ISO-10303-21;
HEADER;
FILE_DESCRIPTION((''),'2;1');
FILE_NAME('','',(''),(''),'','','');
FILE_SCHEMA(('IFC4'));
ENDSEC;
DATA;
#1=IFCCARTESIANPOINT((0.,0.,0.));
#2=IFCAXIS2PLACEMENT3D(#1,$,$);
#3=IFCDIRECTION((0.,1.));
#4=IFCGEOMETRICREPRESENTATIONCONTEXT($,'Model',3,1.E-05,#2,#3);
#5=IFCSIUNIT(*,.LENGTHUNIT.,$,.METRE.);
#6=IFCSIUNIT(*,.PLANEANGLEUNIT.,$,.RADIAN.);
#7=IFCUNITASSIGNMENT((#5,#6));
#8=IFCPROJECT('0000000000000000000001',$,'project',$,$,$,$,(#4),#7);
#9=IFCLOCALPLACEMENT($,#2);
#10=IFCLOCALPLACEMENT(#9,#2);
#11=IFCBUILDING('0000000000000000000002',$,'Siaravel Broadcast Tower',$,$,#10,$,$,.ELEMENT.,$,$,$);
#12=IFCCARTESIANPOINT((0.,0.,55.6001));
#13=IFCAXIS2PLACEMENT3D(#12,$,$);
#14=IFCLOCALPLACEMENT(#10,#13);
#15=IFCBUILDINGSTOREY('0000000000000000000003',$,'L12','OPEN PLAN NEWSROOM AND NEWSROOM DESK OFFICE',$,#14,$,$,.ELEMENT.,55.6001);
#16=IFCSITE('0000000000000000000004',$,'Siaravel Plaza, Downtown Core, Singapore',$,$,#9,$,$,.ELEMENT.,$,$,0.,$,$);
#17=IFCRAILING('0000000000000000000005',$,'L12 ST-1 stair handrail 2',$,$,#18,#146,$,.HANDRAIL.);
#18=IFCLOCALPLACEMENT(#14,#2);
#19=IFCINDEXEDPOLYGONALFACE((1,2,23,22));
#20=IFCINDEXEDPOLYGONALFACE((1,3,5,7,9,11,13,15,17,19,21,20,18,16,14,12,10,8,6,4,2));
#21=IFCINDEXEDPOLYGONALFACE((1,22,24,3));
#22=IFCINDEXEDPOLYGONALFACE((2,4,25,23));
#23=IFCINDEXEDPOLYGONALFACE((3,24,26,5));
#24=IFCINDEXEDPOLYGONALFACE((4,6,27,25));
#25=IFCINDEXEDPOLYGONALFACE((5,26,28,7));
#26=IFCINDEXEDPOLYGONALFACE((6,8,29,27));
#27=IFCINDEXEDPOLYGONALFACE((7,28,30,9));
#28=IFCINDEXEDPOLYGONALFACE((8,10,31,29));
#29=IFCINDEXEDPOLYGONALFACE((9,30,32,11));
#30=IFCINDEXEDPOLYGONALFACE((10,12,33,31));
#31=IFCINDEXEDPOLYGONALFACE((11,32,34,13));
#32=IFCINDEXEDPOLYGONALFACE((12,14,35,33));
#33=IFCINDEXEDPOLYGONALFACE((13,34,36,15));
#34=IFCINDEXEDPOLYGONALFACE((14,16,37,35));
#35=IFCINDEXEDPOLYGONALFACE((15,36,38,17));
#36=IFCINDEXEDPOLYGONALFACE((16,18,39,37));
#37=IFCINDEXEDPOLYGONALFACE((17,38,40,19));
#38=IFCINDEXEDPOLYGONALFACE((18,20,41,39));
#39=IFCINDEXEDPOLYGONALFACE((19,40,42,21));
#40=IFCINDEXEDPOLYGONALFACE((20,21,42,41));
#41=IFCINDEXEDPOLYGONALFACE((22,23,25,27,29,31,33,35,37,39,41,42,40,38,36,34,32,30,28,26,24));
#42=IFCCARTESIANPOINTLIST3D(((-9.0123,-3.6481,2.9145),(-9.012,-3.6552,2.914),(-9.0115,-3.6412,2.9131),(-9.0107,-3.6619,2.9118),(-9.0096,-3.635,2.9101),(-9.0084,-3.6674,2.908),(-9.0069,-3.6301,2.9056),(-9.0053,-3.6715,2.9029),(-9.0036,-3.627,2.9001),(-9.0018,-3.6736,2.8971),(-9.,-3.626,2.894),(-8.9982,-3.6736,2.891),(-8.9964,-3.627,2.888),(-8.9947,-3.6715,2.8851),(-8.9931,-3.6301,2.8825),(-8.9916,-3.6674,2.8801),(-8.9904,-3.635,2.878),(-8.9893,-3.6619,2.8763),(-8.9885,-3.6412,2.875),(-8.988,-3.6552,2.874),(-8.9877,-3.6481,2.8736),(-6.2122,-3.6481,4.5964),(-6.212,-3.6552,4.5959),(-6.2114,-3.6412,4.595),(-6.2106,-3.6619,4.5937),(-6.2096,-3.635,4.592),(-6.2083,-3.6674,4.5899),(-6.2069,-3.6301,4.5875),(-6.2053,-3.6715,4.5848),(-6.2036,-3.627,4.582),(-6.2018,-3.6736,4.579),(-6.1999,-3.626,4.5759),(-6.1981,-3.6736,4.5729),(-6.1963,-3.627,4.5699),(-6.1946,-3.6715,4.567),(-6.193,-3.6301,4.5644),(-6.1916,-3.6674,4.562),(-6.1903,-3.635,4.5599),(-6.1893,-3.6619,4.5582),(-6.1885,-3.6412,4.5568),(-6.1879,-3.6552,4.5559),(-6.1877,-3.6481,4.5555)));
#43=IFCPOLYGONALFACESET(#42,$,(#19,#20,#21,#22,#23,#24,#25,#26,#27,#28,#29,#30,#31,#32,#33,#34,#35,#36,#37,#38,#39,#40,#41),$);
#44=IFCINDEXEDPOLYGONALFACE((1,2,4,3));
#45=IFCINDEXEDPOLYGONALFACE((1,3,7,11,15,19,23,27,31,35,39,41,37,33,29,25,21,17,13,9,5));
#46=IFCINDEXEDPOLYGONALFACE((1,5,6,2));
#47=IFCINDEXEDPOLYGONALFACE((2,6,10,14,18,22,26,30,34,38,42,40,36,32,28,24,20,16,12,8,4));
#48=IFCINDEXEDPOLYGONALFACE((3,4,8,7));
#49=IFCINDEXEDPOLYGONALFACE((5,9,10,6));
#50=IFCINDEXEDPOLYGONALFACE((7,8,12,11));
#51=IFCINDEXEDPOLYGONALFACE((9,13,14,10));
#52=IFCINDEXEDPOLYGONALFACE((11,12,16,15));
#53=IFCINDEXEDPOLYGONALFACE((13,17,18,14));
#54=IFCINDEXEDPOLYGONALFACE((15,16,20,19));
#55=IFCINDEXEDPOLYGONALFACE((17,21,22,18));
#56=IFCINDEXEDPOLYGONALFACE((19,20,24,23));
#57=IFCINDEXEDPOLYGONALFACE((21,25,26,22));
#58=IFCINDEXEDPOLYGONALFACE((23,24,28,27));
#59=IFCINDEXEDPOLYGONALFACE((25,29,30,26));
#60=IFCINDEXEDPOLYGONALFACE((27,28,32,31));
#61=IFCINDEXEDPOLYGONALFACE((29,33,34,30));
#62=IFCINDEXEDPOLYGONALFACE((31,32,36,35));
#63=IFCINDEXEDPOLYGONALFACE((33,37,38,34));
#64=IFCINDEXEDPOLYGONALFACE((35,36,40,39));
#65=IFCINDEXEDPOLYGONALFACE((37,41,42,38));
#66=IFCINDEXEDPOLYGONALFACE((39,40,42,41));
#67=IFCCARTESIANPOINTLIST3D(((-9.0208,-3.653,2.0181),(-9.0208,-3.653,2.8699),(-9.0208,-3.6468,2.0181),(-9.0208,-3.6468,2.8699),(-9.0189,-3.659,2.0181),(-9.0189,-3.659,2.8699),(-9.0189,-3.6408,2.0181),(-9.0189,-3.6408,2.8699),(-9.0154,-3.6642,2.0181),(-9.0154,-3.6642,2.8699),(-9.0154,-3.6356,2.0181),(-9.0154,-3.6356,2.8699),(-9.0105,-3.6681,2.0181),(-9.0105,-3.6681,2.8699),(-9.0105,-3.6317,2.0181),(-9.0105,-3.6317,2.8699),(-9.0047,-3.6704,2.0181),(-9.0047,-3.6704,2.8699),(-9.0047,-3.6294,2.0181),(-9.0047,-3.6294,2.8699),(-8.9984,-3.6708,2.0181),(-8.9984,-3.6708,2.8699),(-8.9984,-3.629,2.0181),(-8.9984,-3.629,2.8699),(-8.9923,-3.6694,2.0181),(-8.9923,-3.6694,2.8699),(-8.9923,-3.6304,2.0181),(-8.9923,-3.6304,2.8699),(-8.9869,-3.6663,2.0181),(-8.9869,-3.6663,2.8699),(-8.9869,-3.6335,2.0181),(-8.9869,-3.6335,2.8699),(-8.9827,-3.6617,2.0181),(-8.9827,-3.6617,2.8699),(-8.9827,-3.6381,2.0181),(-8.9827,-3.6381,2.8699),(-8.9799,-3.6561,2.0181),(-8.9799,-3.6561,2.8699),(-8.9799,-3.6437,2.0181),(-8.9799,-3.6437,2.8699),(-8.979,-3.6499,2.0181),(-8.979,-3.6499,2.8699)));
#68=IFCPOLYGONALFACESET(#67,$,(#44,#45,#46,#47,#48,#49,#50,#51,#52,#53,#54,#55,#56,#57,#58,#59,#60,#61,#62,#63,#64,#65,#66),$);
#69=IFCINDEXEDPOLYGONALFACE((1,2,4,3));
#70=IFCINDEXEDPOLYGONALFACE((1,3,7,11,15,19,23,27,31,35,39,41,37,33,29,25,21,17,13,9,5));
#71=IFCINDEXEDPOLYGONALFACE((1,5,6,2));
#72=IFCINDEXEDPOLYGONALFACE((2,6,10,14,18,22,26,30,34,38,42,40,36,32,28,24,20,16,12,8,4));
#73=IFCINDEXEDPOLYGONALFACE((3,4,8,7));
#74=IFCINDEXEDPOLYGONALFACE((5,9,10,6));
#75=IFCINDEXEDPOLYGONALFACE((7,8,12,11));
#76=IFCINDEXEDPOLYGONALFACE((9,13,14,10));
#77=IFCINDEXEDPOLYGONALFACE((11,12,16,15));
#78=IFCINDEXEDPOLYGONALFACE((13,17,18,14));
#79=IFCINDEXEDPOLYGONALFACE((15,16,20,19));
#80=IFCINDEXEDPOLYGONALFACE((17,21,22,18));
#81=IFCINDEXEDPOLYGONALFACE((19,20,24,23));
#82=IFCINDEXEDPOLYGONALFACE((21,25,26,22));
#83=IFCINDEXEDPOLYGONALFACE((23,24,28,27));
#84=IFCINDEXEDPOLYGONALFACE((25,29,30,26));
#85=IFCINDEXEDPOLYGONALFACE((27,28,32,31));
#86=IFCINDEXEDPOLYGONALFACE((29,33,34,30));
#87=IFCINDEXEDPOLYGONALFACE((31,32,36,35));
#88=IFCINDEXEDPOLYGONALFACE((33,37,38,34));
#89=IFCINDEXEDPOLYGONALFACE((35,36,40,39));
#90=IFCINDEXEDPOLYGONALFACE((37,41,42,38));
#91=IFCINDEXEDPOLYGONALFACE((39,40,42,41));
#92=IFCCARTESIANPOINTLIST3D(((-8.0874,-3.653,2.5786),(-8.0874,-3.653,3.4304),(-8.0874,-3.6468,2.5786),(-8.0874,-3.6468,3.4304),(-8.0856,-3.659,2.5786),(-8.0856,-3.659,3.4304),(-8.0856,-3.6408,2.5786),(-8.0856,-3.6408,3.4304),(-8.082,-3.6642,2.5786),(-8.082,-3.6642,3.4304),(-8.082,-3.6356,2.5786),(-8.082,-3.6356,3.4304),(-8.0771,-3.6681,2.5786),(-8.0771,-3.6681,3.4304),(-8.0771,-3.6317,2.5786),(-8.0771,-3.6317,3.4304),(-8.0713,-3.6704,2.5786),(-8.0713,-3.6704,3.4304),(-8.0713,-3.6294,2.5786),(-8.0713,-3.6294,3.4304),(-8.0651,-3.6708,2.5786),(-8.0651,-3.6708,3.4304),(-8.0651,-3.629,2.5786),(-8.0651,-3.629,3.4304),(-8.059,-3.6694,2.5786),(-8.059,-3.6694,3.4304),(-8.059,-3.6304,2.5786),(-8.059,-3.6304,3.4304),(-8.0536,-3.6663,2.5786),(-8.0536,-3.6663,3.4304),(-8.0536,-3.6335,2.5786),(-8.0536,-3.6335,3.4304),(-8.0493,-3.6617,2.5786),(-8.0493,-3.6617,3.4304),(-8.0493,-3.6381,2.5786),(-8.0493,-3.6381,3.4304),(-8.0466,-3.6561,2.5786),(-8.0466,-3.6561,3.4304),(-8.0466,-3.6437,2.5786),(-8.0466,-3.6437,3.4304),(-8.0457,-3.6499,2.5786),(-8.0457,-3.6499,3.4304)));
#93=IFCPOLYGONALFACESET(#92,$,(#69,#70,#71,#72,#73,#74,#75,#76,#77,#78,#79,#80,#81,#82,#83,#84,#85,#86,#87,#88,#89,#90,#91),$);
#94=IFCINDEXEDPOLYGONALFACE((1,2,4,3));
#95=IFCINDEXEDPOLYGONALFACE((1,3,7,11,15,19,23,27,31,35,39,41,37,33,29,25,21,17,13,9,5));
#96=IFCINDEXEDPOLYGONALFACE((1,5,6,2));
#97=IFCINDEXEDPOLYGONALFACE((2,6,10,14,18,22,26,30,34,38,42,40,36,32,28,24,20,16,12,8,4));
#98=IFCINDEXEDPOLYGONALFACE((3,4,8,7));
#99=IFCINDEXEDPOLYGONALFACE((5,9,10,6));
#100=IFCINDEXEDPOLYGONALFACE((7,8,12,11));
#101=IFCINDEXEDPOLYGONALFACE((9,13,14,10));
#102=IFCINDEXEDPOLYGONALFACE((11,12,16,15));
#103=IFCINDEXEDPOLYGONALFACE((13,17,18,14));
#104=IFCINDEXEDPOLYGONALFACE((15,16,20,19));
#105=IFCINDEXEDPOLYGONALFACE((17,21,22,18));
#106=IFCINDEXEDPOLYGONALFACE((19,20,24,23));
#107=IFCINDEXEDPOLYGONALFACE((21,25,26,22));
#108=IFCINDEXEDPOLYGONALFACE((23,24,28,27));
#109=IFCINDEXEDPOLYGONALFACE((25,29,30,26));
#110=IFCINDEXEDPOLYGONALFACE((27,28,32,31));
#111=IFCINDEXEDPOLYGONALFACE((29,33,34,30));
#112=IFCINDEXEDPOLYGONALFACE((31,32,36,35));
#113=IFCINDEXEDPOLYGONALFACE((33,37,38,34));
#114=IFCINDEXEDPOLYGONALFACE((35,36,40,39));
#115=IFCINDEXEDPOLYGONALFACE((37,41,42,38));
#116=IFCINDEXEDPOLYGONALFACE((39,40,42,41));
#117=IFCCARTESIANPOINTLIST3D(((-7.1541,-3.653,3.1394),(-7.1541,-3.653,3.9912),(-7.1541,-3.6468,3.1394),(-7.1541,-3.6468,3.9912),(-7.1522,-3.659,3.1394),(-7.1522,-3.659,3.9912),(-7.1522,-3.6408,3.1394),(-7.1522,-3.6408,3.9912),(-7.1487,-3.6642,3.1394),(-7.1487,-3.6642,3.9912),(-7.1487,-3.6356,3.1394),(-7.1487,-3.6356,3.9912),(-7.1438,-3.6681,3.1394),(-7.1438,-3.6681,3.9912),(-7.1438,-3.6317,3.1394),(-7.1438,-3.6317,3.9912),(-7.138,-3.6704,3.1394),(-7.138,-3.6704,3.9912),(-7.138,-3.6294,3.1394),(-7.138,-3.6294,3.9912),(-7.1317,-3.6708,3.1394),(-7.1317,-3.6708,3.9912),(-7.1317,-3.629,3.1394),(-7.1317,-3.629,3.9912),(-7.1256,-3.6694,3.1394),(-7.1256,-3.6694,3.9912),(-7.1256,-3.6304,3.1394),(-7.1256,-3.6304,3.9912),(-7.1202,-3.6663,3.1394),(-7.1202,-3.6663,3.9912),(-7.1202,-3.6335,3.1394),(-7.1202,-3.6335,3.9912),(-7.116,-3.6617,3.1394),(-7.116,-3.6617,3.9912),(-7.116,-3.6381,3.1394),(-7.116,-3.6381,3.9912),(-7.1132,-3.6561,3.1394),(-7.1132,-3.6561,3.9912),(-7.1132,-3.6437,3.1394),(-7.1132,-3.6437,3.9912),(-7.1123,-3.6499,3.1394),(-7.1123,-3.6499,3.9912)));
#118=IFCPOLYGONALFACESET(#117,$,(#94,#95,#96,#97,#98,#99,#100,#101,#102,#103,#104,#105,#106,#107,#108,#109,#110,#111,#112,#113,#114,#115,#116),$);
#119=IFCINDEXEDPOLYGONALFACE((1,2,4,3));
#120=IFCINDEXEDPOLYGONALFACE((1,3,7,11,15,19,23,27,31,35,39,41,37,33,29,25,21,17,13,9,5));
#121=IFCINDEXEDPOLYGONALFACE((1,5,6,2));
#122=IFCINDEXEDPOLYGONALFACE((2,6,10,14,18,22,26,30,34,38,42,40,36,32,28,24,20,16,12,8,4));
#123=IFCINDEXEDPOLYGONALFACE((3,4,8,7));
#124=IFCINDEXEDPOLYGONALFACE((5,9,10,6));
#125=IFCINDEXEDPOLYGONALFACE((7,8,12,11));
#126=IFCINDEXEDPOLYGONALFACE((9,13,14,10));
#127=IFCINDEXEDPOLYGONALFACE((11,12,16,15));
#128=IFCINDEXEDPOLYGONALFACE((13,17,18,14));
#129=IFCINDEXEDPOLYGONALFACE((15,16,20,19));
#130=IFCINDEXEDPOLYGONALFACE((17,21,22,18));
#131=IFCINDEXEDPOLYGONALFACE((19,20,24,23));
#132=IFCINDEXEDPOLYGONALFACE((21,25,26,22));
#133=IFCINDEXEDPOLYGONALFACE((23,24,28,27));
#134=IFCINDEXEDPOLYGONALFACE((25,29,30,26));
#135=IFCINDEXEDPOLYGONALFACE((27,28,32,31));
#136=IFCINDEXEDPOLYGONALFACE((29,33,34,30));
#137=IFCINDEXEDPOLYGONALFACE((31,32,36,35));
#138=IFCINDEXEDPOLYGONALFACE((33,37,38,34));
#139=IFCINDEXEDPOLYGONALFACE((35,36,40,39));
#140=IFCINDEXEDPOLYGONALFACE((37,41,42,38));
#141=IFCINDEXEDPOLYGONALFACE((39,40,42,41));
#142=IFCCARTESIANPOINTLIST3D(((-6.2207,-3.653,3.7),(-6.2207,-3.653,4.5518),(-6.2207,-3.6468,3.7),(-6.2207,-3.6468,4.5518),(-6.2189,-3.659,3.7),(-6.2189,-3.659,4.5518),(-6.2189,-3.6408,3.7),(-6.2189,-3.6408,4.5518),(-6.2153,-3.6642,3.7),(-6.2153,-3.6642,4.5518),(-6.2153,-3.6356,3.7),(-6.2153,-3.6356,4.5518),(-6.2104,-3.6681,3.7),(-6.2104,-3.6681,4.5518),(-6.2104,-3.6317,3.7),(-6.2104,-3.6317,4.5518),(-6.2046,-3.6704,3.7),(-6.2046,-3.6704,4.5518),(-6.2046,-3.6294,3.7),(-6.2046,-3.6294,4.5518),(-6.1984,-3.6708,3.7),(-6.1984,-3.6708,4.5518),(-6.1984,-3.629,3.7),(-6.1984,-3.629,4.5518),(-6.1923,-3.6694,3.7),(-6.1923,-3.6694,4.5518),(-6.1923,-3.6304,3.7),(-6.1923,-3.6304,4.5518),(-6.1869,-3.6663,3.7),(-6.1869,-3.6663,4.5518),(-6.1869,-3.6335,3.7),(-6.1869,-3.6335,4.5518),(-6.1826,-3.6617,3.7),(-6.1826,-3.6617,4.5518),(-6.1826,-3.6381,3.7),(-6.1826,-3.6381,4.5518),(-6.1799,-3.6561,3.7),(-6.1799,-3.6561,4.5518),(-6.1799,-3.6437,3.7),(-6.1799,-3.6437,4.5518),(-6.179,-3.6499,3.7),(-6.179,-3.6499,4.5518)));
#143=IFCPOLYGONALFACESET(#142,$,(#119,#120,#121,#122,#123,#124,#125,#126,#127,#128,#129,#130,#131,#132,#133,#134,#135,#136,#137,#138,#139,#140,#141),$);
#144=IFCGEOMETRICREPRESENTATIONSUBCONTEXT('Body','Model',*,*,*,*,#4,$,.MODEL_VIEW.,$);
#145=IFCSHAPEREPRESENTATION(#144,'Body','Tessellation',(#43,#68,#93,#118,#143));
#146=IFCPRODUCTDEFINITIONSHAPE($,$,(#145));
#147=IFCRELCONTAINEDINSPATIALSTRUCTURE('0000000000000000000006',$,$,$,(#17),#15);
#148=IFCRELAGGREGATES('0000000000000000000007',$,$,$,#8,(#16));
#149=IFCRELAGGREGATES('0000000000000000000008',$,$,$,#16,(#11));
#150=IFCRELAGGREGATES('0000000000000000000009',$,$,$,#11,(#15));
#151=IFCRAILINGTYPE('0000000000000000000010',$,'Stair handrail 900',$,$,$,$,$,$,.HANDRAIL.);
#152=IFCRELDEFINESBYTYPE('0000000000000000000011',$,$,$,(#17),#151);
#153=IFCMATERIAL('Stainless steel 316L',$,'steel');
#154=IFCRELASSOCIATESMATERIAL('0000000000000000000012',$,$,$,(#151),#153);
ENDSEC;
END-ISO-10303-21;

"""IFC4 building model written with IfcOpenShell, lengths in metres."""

from ifc_helpers import new_model, si_unit, direction, frame, origin, origin_2d, place, context, subcontext, project, spatial, circle, extrude, material, type_object, element, save


model = new_model("IFC4")

# Units and contexts
model_context = context("Model", 3, precision=1e-05, world=origin(), true_north=direction((0.0, 1.0)))
body_context = subcontext(model_context, "Body", "Model", "MODEL_VIEW")
ifc_project = project(units=[si_unit("LENGTHUNIT", "METRE"), si_unit("PLANEANGLEUNIT", "RADIAN")], contexts=[model_context])

# Site, building, storey
site_placement = place(None, origin())
site = spatial("IfcSite", under=ifc_project, at=site_placement, Name="Siaravel Plaza, Downtown Core, Singapore", CompositionType="ELEMENT", RefElevation=0.0)
building_placement = place(site_placement, origin())
building = spatial("IfcBuilding", under=site, at=building_placement, Name="Siaravel Broadcast Tower", CompositionType="ELEMENT")
storey_placement = place(building_placement, frame((0.0, 0.0, 55.6001)))
storey = spatial("IfcBuildingStorey", under=building, at=storey_placement, Name="L12", Description="OPEN PLAN NEWSROOM AND NEWSROOM DESK OFFICE", CompositionType="ELEMENT", Elevation=55.6001)

# Railing
ifc_material_1 = material(Name="Stainless steel 316L", Category="steel")
railing_type_1 = type_object("IfcRailingType", Name="Stair handrail 900", PredefinedType="HANDRAIL", material=ifc_material_1)
railing_1_placement = place(storey_placement, frame((-9.0, -3.6499, 2.0181)))
element("IfcRailing", 1, at=railing_1_placement, inside=storey, type_object=railing_type_1, Name="L12 ST-1 stair handrail 2", PredefinedType="HANDRAIL", context=body_context, shape_type="SweptSolid", body=[
    extrude(circle(Radius=0.0239, at=origin_2d()), frame((0.0, 0.0, 0.876), z_axis=(0.857242, 0.0, 0.514913), x_axis=(0.0, 1.0, 0.0)), (0.0, 0.0, 1.0), 3.2664),
    extrude(circle(Radius=0.021, at=origin_2d()), origin(), (0.0, 0.0, 1.0), 0.8518),
    extrude(circle(Radius=0.021, at=origin_2d()), frame((0.9333, 0.0, 0.5605)), (0.0, 0.0, 1.0), 0.8518),
    extrude(circle(Radius=0.021, at=origin_2d()), frame((1.8667, 0.0, 1.1213)), (0.0, 0.0, 1.0), 0.8518),
    extrude(circle(Radius=0.021, at=origin_2d()), frame((2.8, 0.0, 1.6819)), (0.0, 0.0, 1.0), 0.8518),
])

save(model, "model.ifc")
